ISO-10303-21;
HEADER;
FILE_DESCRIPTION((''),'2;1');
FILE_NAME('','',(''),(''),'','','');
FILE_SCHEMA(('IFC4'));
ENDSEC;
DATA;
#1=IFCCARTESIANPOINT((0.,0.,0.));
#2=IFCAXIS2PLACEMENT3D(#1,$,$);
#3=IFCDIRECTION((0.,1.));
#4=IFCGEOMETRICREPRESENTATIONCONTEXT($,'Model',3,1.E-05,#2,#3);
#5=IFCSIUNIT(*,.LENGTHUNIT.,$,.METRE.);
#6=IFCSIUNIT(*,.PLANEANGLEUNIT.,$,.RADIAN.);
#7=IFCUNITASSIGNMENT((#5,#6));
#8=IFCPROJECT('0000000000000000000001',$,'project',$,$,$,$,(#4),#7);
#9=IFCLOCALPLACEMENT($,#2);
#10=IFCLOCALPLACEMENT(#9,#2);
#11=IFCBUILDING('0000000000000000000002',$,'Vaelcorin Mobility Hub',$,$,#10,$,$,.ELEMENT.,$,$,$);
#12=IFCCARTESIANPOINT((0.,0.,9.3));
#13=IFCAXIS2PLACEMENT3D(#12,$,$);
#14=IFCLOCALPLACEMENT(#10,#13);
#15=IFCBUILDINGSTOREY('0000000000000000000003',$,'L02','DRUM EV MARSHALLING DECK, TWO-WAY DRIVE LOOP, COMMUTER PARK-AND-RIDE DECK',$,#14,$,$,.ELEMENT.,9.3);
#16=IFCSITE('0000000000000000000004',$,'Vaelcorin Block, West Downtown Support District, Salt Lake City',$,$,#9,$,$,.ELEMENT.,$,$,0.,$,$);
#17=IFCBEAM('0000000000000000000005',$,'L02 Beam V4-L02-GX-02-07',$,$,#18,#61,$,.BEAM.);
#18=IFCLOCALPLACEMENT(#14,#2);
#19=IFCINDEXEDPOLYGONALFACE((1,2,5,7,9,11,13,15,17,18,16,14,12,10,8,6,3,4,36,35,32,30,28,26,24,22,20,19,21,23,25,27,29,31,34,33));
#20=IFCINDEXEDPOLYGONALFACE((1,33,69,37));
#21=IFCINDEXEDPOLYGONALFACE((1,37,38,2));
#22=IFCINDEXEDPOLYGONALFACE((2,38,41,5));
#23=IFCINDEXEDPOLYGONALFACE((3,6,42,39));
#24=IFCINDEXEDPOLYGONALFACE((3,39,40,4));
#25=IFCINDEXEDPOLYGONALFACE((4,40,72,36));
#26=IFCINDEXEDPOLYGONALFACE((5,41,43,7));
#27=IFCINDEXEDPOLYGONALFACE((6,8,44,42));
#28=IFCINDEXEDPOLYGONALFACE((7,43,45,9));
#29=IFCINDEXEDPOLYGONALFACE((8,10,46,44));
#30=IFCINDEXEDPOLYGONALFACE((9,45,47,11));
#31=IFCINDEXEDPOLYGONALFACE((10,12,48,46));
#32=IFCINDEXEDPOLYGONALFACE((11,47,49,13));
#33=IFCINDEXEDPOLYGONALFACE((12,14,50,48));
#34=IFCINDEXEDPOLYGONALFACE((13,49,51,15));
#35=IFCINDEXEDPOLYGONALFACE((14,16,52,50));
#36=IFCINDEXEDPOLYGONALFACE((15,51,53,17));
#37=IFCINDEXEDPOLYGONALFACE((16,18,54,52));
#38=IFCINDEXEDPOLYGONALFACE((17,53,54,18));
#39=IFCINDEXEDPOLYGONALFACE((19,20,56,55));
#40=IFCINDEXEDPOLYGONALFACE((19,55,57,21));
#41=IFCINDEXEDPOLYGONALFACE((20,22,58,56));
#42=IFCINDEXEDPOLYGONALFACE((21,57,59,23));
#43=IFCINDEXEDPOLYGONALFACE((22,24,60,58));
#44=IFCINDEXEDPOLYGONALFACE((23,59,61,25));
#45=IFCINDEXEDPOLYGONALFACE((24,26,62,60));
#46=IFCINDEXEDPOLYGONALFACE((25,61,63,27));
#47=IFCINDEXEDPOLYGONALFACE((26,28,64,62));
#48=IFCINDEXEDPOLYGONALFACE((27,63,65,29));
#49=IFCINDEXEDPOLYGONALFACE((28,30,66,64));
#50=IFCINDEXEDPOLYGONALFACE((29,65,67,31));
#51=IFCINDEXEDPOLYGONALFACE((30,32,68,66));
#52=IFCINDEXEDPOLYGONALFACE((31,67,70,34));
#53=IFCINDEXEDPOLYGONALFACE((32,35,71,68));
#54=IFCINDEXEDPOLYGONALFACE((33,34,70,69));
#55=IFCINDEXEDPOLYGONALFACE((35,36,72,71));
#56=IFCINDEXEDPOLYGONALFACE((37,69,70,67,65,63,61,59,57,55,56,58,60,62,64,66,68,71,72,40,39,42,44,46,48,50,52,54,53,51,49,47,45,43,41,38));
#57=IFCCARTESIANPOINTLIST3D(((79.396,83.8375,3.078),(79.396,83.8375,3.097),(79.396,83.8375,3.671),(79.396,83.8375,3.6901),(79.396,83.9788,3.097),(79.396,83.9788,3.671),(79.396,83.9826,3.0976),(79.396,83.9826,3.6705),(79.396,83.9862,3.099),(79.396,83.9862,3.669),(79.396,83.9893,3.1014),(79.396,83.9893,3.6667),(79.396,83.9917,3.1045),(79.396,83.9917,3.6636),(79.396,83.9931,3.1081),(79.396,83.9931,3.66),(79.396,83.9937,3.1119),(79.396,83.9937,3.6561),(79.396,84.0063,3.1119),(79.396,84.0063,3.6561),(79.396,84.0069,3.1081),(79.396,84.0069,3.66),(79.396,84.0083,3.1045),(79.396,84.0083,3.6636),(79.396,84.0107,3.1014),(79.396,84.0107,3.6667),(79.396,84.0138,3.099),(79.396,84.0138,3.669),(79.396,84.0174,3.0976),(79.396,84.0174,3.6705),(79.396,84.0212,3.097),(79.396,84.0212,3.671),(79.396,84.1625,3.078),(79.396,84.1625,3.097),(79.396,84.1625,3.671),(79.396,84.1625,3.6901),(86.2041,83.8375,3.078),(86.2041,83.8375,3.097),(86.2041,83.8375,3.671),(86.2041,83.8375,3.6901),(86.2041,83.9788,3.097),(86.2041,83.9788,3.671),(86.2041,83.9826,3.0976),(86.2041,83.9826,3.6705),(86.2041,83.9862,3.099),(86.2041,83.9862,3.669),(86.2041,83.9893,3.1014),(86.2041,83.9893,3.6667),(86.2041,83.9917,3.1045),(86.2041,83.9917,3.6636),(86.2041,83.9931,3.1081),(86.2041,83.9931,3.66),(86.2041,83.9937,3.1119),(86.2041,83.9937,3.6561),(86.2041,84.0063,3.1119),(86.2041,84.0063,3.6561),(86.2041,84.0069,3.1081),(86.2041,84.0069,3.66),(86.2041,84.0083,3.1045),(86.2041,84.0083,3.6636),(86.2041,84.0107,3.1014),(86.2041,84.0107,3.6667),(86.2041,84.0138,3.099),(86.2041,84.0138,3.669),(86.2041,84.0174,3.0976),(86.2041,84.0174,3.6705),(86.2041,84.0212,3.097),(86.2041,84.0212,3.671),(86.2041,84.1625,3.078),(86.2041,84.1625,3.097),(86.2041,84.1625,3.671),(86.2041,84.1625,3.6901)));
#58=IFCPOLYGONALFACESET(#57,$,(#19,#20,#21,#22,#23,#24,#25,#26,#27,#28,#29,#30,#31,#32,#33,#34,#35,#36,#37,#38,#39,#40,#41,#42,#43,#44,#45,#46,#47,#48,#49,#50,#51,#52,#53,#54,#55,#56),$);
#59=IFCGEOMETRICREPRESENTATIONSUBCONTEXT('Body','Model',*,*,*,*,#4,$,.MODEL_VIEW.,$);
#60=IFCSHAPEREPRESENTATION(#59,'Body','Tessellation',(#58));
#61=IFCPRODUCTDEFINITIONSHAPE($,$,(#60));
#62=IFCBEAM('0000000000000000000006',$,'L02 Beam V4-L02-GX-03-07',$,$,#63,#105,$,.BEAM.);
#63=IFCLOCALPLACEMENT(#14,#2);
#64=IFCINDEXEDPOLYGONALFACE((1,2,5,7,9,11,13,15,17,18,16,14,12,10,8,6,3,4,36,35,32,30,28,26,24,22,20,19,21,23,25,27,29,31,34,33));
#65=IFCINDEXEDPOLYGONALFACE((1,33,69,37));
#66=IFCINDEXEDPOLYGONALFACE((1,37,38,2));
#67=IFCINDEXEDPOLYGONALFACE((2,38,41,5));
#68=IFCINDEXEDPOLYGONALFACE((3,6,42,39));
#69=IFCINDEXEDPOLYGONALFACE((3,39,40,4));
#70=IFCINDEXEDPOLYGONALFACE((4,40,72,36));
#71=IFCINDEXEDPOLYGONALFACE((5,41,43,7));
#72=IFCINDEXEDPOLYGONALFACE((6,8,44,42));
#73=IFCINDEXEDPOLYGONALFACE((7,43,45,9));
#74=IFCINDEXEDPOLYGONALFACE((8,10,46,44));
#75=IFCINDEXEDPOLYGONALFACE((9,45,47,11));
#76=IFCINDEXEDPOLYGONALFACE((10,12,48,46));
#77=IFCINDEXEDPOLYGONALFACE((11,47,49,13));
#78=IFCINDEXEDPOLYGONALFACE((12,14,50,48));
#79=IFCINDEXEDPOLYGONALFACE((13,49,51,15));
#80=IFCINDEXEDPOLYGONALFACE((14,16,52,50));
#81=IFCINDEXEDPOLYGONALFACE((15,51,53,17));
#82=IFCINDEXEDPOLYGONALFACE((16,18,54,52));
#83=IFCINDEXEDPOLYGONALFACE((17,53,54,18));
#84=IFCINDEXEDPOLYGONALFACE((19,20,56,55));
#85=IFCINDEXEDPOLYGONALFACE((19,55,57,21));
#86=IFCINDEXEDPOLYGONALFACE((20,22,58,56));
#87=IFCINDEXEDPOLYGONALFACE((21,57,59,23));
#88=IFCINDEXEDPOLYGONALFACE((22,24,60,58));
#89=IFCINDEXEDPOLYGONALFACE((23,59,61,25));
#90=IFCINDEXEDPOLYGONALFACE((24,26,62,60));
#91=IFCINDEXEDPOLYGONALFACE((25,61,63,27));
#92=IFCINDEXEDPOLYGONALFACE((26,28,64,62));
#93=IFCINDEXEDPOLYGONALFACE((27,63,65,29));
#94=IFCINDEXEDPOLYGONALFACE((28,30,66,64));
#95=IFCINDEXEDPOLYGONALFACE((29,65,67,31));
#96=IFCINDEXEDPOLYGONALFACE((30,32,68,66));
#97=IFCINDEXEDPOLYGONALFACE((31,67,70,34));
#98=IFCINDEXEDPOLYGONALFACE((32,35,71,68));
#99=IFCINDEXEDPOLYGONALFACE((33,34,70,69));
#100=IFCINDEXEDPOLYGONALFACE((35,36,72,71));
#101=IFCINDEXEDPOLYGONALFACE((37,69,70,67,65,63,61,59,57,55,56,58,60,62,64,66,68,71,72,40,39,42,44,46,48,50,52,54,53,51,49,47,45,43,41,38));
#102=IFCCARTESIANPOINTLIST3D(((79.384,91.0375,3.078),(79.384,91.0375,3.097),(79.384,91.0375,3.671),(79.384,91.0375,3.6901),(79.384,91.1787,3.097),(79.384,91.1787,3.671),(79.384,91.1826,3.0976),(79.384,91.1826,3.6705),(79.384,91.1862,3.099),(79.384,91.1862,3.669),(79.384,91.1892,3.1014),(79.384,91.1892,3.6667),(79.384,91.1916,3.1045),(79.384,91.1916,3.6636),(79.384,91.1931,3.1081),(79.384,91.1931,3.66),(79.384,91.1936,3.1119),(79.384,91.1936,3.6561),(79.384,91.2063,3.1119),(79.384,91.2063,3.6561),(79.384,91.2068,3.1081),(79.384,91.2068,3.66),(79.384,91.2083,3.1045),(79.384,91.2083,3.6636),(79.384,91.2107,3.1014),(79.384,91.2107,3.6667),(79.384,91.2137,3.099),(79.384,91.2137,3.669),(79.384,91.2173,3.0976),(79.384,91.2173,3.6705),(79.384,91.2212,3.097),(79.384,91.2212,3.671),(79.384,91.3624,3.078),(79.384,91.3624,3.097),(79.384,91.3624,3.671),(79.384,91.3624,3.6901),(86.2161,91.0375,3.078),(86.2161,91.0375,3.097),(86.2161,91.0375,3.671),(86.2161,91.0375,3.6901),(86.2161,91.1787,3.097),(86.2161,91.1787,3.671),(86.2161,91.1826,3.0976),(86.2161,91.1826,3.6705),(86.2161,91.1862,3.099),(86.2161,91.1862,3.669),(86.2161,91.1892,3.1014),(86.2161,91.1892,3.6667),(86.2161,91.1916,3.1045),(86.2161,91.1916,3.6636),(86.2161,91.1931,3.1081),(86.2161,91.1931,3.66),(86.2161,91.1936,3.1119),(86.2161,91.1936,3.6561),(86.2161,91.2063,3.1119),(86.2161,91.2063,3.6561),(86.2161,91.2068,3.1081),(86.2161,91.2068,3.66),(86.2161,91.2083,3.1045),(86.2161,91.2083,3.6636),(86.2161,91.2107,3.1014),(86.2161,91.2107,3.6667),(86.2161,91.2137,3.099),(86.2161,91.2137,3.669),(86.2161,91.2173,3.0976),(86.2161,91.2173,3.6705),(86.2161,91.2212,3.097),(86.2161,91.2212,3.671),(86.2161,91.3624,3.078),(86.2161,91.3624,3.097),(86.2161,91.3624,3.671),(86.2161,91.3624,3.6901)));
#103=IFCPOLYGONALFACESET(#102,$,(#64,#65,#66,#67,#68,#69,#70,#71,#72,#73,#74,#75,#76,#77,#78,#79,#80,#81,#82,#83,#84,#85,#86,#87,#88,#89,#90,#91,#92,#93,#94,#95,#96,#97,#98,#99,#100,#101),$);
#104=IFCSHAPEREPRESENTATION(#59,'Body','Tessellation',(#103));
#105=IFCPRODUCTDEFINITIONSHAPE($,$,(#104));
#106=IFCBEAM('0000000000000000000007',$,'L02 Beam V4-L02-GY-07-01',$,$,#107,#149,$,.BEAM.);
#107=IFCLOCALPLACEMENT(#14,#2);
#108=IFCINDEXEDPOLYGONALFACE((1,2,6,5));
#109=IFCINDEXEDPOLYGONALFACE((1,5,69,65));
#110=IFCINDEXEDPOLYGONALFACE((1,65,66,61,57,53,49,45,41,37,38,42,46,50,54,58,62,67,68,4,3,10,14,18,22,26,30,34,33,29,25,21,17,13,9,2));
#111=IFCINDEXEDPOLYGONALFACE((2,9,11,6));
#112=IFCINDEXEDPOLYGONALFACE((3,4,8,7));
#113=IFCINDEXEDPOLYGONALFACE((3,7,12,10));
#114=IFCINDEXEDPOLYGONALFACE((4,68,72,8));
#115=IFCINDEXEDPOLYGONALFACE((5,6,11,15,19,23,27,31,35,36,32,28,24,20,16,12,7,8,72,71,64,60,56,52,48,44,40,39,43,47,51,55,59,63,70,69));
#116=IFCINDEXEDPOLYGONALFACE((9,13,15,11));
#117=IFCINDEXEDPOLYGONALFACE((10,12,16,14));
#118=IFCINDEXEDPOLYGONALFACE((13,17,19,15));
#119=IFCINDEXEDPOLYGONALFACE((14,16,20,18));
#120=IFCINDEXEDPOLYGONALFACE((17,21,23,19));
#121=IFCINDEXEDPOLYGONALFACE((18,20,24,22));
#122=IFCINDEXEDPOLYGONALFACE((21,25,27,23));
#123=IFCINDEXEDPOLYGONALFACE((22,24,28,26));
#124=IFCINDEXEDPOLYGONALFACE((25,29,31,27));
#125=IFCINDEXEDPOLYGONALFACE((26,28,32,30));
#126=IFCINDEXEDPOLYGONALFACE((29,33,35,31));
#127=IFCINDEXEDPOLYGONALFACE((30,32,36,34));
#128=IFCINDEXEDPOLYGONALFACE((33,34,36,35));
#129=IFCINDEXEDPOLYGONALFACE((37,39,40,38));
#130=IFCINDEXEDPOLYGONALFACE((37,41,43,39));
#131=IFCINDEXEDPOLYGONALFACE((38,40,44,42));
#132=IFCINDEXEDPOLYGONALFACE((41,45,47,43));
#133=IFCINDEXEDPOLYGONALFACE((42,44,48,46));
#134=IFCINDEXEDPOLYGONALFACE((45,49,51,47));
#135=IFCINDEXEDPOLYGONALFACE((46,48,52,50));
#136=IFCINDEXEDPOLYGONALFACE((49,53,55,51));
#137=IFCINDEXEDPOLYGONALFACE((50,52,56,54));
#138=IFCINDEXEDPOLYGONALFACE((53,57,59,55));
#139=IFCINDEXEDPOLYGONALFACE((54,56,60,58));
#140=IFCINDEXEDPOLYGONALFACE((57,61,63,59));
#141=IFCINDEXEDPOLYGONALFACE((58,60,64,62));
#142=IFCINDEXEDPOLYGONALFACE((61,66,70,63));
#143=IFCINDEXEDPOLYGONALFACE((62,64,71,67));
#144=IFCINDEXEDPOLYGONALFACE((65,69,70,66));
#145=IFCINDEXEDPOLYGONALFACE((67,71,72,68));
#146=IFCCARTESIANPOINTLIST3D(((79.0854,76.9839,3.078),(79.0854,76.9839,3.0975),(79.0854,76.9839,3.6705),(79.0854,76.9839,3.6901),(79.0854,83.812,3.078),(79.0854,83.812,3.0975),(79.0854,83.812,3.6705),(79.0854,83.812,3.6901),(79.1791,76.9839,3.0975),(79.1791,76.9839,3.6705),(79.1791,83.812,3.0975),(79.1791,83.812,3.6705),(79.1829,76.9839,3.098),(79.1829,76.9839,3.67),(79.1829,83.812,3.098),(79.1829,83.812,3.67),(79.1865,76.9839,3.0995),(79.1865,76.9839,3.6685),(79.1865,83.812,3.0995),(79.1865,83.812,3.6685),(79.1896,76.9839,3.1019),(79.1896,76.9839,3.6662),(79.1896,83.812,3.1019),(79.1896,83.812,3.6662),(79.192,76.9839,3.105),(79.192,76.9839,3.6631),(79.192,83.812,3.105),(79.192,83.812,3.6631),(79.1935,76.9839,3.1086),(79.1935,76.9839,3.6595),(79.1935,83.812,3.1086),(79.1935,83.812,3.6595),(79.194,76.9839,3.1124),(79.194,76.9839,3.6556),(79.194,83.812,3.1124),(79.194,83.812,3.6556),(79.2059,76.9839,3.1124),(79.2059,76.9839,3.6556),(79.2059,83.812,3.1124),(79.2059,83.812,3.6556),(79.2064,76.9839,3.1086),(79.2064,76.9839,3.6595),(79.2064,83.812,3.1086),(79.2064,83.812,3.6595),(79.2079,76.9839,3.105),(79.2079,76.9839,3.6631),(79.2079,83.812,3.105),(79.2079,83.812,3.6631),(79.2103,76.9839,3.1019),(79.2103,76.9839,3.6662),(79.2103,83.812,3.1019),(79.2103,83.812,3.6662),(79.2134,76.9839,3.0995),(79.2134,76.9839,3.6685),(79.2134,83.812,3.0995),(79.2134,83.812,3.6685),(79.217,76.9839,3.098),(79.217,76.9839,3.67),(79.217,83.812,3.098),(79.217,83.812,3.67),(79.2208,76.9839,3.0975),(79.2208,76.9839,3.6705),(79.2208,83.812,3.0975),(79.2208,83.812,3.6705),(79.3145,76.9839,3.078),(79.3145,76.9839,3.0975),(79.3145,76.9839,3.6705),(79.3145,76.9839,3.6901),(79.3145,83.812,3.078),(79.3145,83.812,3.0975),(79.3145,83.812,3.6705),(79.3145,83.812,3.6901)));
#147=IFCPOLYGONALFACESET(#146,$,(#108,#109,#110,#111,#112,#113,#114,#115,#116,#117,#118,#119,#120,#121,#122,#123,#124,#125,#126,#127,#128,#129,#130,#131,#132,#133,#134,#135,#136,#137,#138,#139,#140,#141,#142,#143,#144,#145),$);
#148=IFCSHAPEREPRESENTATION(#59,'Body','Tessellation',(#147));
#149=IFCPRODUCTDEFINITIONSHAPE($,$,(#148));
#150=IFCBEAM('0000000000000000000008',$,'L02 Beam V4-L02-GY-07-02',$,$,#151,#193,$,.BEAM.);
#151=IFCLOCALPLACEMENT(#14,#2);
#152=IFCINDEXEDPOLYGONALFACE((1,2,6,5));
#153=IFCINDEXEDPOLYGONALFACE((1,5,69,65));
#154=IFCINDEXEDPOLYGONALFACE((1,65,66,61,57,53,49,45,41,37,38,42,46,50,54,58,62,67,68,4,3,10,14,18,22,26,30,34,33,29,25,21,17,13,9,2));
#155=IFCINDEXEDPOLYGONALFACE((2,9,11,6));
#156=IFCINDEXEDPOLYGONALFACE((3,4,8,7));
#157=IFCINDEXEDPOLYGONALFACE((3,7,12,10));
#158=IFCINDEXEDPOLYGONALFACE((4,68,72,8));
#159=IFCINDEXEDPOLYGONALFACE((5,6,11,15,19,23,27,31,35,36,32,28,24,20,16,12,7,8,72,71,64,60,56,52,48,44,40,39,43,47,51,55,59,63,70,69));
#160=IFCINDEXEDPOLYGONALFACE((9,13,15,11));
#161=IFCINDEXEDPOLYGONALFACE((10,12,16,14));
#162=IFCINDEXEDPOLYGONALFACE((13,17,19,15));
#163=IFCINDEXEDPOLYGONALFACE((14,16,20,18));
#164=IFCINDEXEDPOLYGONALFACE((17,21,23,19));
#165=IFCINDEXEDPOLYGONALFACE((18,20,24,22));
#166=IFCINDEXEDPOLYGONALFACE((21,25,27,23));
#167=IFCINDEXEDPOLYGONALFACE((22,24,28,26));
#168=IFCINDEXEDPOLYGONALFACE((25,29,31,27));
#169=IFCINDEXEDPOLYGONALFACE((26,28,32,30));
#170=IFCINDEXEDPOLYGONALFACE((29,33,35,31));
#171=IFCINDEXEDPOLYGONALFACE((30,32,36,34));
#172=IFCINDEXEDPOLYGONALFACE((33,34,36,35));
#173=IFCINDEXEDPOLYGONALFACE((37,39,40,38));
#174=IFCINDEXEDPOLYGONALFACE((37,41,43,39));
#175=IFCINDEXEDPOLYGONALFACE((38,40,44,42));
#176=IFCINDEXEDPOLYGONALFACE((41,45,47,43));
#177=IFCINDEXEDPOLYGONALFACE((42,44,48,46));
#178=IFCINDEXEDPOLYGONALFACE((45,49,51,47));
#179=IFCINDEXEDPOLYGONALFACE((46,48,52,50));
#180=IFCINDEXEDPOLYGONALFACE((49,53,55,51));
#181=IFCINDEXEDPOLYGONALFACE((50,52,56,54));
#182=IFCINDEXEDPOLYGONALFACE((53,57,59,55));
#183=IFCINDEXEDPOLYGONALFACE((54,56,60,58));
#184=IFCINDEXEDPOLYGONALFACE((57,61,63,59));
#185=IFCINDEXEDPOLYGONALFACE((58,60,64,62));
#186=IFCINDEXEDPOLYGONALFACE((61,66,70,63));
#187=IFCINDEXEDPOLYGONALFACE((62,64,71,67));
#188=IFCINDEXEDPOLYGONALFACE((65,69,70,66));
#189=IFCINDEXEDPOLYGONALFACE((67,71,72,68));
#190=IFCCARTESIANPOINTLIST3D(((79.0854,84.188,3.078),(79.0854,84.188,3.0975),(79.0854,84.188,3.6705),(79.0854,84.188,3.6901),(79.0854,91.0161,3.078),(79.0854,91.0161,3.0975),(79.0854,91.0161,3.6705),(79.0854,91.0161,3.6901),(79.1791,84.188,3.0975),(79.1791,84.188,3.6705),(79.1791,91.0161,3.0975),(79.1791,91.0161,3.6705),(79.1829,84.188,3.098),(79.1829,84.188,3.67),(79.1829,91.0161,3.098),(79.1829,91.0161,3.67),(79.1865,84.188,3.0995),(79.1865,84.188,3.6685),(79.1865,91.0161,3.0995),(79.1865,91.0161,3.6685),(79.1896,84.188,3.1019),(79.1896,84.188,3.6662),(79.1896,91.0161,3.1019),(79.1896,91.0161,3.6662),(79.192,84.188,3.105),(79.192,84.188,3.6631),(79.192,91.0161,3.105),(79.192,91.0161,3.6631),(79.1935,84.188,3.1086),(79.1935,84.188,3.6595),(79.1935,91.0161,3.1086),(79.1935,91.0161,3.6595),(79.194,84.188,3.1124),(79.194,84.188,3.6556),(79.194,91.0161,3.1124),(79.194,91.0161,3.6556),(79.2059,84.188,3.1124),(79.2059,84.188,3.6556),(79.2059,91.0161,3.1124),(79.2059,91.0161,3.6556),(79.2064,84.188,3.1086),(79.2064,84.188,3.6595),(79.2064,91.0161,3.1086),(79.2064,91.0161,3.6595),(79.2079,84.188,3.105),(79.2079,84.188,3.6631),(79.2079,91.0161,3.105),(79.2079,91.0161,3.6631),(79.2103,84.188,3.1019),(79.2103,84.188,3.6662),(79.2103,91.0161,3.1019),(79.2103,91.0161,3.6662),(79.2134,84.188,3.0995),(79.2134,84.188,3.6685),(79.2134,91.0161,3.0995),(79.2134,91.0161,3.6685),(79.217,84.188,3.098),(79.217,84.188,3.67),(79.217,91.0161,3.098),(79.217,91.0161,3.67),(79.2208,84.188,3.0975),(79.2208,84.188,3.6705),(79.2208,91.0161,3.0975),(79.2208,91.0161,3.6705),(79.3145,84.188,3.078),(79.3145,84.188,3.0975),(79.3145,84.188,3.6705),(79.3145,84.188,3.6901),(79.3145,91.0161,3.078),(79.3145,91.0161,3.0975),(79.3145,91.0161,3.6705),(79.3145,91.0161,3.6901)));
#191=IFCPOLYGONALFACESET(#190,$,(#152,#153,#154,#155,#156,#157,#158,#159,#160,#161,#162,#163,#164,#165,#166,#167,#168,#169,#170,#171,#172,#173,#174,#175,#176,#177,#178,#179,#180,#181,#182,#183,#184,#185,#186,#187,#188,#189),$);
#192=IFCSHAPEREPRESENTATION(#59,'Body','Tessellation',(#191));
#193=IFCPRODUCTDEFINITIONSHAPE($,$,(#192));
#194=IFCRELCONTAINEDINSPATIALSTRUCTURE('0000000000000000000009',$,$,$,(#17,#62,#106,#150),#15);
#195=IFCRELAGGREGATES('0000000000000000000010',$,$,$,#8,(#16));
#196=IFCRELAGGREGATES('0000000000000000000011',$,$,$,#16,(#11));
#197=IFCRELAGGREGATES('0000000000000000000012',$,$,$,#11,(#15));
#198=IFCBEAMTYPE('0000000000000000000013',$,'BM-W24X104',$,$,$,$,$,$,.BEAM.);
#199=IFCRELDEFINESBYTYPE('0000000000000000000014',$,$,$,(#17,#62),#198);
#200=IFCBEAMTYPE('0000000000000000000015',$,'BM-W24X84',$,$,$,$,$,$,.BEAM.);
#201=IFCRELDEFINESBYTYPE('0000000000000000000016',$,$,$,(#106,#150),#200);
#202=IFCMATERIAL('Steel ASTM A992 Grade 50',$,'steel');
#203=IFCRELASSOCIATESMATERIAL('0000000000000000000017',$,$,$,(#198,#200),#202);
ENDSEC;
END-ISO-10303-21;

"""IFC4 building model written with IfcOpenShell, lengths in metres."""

from ifc_helpers import new_model, si_unit, direction, frame, origin, origin_2d, place, context, subcontext, project, spatial, i_section, extrude, material, material_profile, profile_set, type_object, element, save


model = new_model("IFC4")

# Units and contexts
model_context = context("Model", 3, precision=1e-05, world=origin(), true_north=direction((0.0, 1.0)))
body_context = subcontext(model_context, "Body", "Model", "MODEL_VIEW")
ifc_project = project(units=[si_unit("LENGTHUNIT", "METRE"), si_unit("PLANEANGLEUNIT", "RADIAN")], contexts=[model_context])

# Site, building, storey
site_placement = place(None, origin())
site = spatial("IfcSite", under=ifc_project, at=site_placement, Name="Vaelcorin Block, West Downtown Support District, Salt Lake City", CompositionType="ELEMENT", RefElevation=0.0)
building_placement = place(site_placement, origin())
building = spatial("IfcBuilding", under=site, at=building_placement, Name="Vaelcorin Mobility Hub", CompositionType="ELEMENT")
storey_placement = place(building_placement, frame((0.0, 0.0, 9.3)))
storey = spatial("IfcBuildingStorey", under=building, at=storey_placement, Name="L02", Description="DRUM EV MARSHALLING DECK, TWO-WAY DRIVE LOOP, COMMUTER PARK-AND-RIDE DECK", CompositionType="ELEMENT", Elevation=9.3)

# Shared definitions
ifc_material_1 = material(Name="Steel ASTM A992 Grade 50", Category="steel")

# Beams
ifc_material_profile_1 = material_profile(ifc_material_1, i_section(OverallWidth=0.325, OverallDepth=0.6121, WebThickness=0.0127, FlangeThickness=0.019, FilletRadius=0.0149, at=origin_2d()), Name="W24X104")
ifc_profile_set_1 = profile_set([ifc_material_profile_1], Name="Steel ASTM A992 Grade 50")
beam_type_1 = type_object("IfcBeamType", Name="BM-W24X104", PredefinedType="BEAM", material=ifc_profile_set_1)
beam_1_placement = place(storey_placement, frame((79.396, 84.0, 3.384), z_axis=(1.0, 0.0, 0.0), x_axis=(0.0, 1.0, 0.0)))
element("IfcBeam", 1, at=beam_1_placement, inside=storey, type_object=beam_type_1, Name="L02 Beam V4-L02-GX-02-07", PredefinedType="BEAM", context=body_context, shape_type="SweptSolid", body=[
    extrude(i_section(OverallWidth=0.325, OverallDepth=0.6121, WebThickness=0.0127, FlangeThickness=0.019, FilletRadius=0.0149, at=origin_2d()), origin(), (0.0, 0.0, 1.0), 6.8081),
])
beam_2_placement = place(storey_placement, frame((79.384, 91.2, 3.384), z_axis=(1.0, 0.0, 0.0), x_axis=(0.0, 1.0, 0.0)))
element("IfcBeam", 2, at=beam_2_placement, inside=storey, type_object=beam_type_1, Name="L02 Beam V4-L02-GX-03-07", PredefinedType="BEAM", context=body_context, shape_type="SweptSolid", body=[
    extrude(i_section(OverallWidth=0.325, OverallDepth=0.6121, WebThickness=0.0127, FlangeThickness=0.019, FilletRadius=0.0149, at=origin_2d()), origin(), (0.0, 0.0, 1.0), 6.832),
])
ifc_material_profile_2 = material_profile(ifc_material_1, i_section(OverallWidth=0.229, OverallDepth=0.6121, WebThickness=0.012, FlangeThickness=0.0195, FilletRadius=0.0149, at=origin_2d()), Name="W24X84")
ifc_profile_set_2 = profile_set([ifc_material_profile_2], Name="Steel ASTM A992 Grade 50")
beam_type_2 = type_object("IfcBeamType", Name="BM-W24X84", PredefinedType="BEAM", material=ifc_profile_set_2)
for number, where, z_axis, x_axis, name in (
    (3, (79.2, 76.9839, 3.384), (0.0, 1.0, 0.0), (-1.0, 0.0, 0.0), "L02 Beam V4-L02-GY-07-01"),
    (4, (79.2, 84.188, 3.384), (0.0, 1.0, 0.0), (-1.0, 0.0, 0.0), "L02 Beam V4-L02-GY-07-02"),
):
    element("IfcBeam", number, at=place(storey_placement, frame(where, z_axis=z_axis, x_axis=x_axis)), inside=storey, type_object=beam_type_2, Name=name, PredefinedType="BEAM", context=body_context, shape_type="SweptSolid", body=[
        extrude(i_section(OverallWidth=0.229, OverallDepth=0.6121, WebThickness=0.012, FlangeThickness=0.0195, FilletRadius=0.0149, at=origin_2d()), origin(), (0.0, 0.0, 1.0), 6.8281),
    ])

save(model, "model.ifc")
